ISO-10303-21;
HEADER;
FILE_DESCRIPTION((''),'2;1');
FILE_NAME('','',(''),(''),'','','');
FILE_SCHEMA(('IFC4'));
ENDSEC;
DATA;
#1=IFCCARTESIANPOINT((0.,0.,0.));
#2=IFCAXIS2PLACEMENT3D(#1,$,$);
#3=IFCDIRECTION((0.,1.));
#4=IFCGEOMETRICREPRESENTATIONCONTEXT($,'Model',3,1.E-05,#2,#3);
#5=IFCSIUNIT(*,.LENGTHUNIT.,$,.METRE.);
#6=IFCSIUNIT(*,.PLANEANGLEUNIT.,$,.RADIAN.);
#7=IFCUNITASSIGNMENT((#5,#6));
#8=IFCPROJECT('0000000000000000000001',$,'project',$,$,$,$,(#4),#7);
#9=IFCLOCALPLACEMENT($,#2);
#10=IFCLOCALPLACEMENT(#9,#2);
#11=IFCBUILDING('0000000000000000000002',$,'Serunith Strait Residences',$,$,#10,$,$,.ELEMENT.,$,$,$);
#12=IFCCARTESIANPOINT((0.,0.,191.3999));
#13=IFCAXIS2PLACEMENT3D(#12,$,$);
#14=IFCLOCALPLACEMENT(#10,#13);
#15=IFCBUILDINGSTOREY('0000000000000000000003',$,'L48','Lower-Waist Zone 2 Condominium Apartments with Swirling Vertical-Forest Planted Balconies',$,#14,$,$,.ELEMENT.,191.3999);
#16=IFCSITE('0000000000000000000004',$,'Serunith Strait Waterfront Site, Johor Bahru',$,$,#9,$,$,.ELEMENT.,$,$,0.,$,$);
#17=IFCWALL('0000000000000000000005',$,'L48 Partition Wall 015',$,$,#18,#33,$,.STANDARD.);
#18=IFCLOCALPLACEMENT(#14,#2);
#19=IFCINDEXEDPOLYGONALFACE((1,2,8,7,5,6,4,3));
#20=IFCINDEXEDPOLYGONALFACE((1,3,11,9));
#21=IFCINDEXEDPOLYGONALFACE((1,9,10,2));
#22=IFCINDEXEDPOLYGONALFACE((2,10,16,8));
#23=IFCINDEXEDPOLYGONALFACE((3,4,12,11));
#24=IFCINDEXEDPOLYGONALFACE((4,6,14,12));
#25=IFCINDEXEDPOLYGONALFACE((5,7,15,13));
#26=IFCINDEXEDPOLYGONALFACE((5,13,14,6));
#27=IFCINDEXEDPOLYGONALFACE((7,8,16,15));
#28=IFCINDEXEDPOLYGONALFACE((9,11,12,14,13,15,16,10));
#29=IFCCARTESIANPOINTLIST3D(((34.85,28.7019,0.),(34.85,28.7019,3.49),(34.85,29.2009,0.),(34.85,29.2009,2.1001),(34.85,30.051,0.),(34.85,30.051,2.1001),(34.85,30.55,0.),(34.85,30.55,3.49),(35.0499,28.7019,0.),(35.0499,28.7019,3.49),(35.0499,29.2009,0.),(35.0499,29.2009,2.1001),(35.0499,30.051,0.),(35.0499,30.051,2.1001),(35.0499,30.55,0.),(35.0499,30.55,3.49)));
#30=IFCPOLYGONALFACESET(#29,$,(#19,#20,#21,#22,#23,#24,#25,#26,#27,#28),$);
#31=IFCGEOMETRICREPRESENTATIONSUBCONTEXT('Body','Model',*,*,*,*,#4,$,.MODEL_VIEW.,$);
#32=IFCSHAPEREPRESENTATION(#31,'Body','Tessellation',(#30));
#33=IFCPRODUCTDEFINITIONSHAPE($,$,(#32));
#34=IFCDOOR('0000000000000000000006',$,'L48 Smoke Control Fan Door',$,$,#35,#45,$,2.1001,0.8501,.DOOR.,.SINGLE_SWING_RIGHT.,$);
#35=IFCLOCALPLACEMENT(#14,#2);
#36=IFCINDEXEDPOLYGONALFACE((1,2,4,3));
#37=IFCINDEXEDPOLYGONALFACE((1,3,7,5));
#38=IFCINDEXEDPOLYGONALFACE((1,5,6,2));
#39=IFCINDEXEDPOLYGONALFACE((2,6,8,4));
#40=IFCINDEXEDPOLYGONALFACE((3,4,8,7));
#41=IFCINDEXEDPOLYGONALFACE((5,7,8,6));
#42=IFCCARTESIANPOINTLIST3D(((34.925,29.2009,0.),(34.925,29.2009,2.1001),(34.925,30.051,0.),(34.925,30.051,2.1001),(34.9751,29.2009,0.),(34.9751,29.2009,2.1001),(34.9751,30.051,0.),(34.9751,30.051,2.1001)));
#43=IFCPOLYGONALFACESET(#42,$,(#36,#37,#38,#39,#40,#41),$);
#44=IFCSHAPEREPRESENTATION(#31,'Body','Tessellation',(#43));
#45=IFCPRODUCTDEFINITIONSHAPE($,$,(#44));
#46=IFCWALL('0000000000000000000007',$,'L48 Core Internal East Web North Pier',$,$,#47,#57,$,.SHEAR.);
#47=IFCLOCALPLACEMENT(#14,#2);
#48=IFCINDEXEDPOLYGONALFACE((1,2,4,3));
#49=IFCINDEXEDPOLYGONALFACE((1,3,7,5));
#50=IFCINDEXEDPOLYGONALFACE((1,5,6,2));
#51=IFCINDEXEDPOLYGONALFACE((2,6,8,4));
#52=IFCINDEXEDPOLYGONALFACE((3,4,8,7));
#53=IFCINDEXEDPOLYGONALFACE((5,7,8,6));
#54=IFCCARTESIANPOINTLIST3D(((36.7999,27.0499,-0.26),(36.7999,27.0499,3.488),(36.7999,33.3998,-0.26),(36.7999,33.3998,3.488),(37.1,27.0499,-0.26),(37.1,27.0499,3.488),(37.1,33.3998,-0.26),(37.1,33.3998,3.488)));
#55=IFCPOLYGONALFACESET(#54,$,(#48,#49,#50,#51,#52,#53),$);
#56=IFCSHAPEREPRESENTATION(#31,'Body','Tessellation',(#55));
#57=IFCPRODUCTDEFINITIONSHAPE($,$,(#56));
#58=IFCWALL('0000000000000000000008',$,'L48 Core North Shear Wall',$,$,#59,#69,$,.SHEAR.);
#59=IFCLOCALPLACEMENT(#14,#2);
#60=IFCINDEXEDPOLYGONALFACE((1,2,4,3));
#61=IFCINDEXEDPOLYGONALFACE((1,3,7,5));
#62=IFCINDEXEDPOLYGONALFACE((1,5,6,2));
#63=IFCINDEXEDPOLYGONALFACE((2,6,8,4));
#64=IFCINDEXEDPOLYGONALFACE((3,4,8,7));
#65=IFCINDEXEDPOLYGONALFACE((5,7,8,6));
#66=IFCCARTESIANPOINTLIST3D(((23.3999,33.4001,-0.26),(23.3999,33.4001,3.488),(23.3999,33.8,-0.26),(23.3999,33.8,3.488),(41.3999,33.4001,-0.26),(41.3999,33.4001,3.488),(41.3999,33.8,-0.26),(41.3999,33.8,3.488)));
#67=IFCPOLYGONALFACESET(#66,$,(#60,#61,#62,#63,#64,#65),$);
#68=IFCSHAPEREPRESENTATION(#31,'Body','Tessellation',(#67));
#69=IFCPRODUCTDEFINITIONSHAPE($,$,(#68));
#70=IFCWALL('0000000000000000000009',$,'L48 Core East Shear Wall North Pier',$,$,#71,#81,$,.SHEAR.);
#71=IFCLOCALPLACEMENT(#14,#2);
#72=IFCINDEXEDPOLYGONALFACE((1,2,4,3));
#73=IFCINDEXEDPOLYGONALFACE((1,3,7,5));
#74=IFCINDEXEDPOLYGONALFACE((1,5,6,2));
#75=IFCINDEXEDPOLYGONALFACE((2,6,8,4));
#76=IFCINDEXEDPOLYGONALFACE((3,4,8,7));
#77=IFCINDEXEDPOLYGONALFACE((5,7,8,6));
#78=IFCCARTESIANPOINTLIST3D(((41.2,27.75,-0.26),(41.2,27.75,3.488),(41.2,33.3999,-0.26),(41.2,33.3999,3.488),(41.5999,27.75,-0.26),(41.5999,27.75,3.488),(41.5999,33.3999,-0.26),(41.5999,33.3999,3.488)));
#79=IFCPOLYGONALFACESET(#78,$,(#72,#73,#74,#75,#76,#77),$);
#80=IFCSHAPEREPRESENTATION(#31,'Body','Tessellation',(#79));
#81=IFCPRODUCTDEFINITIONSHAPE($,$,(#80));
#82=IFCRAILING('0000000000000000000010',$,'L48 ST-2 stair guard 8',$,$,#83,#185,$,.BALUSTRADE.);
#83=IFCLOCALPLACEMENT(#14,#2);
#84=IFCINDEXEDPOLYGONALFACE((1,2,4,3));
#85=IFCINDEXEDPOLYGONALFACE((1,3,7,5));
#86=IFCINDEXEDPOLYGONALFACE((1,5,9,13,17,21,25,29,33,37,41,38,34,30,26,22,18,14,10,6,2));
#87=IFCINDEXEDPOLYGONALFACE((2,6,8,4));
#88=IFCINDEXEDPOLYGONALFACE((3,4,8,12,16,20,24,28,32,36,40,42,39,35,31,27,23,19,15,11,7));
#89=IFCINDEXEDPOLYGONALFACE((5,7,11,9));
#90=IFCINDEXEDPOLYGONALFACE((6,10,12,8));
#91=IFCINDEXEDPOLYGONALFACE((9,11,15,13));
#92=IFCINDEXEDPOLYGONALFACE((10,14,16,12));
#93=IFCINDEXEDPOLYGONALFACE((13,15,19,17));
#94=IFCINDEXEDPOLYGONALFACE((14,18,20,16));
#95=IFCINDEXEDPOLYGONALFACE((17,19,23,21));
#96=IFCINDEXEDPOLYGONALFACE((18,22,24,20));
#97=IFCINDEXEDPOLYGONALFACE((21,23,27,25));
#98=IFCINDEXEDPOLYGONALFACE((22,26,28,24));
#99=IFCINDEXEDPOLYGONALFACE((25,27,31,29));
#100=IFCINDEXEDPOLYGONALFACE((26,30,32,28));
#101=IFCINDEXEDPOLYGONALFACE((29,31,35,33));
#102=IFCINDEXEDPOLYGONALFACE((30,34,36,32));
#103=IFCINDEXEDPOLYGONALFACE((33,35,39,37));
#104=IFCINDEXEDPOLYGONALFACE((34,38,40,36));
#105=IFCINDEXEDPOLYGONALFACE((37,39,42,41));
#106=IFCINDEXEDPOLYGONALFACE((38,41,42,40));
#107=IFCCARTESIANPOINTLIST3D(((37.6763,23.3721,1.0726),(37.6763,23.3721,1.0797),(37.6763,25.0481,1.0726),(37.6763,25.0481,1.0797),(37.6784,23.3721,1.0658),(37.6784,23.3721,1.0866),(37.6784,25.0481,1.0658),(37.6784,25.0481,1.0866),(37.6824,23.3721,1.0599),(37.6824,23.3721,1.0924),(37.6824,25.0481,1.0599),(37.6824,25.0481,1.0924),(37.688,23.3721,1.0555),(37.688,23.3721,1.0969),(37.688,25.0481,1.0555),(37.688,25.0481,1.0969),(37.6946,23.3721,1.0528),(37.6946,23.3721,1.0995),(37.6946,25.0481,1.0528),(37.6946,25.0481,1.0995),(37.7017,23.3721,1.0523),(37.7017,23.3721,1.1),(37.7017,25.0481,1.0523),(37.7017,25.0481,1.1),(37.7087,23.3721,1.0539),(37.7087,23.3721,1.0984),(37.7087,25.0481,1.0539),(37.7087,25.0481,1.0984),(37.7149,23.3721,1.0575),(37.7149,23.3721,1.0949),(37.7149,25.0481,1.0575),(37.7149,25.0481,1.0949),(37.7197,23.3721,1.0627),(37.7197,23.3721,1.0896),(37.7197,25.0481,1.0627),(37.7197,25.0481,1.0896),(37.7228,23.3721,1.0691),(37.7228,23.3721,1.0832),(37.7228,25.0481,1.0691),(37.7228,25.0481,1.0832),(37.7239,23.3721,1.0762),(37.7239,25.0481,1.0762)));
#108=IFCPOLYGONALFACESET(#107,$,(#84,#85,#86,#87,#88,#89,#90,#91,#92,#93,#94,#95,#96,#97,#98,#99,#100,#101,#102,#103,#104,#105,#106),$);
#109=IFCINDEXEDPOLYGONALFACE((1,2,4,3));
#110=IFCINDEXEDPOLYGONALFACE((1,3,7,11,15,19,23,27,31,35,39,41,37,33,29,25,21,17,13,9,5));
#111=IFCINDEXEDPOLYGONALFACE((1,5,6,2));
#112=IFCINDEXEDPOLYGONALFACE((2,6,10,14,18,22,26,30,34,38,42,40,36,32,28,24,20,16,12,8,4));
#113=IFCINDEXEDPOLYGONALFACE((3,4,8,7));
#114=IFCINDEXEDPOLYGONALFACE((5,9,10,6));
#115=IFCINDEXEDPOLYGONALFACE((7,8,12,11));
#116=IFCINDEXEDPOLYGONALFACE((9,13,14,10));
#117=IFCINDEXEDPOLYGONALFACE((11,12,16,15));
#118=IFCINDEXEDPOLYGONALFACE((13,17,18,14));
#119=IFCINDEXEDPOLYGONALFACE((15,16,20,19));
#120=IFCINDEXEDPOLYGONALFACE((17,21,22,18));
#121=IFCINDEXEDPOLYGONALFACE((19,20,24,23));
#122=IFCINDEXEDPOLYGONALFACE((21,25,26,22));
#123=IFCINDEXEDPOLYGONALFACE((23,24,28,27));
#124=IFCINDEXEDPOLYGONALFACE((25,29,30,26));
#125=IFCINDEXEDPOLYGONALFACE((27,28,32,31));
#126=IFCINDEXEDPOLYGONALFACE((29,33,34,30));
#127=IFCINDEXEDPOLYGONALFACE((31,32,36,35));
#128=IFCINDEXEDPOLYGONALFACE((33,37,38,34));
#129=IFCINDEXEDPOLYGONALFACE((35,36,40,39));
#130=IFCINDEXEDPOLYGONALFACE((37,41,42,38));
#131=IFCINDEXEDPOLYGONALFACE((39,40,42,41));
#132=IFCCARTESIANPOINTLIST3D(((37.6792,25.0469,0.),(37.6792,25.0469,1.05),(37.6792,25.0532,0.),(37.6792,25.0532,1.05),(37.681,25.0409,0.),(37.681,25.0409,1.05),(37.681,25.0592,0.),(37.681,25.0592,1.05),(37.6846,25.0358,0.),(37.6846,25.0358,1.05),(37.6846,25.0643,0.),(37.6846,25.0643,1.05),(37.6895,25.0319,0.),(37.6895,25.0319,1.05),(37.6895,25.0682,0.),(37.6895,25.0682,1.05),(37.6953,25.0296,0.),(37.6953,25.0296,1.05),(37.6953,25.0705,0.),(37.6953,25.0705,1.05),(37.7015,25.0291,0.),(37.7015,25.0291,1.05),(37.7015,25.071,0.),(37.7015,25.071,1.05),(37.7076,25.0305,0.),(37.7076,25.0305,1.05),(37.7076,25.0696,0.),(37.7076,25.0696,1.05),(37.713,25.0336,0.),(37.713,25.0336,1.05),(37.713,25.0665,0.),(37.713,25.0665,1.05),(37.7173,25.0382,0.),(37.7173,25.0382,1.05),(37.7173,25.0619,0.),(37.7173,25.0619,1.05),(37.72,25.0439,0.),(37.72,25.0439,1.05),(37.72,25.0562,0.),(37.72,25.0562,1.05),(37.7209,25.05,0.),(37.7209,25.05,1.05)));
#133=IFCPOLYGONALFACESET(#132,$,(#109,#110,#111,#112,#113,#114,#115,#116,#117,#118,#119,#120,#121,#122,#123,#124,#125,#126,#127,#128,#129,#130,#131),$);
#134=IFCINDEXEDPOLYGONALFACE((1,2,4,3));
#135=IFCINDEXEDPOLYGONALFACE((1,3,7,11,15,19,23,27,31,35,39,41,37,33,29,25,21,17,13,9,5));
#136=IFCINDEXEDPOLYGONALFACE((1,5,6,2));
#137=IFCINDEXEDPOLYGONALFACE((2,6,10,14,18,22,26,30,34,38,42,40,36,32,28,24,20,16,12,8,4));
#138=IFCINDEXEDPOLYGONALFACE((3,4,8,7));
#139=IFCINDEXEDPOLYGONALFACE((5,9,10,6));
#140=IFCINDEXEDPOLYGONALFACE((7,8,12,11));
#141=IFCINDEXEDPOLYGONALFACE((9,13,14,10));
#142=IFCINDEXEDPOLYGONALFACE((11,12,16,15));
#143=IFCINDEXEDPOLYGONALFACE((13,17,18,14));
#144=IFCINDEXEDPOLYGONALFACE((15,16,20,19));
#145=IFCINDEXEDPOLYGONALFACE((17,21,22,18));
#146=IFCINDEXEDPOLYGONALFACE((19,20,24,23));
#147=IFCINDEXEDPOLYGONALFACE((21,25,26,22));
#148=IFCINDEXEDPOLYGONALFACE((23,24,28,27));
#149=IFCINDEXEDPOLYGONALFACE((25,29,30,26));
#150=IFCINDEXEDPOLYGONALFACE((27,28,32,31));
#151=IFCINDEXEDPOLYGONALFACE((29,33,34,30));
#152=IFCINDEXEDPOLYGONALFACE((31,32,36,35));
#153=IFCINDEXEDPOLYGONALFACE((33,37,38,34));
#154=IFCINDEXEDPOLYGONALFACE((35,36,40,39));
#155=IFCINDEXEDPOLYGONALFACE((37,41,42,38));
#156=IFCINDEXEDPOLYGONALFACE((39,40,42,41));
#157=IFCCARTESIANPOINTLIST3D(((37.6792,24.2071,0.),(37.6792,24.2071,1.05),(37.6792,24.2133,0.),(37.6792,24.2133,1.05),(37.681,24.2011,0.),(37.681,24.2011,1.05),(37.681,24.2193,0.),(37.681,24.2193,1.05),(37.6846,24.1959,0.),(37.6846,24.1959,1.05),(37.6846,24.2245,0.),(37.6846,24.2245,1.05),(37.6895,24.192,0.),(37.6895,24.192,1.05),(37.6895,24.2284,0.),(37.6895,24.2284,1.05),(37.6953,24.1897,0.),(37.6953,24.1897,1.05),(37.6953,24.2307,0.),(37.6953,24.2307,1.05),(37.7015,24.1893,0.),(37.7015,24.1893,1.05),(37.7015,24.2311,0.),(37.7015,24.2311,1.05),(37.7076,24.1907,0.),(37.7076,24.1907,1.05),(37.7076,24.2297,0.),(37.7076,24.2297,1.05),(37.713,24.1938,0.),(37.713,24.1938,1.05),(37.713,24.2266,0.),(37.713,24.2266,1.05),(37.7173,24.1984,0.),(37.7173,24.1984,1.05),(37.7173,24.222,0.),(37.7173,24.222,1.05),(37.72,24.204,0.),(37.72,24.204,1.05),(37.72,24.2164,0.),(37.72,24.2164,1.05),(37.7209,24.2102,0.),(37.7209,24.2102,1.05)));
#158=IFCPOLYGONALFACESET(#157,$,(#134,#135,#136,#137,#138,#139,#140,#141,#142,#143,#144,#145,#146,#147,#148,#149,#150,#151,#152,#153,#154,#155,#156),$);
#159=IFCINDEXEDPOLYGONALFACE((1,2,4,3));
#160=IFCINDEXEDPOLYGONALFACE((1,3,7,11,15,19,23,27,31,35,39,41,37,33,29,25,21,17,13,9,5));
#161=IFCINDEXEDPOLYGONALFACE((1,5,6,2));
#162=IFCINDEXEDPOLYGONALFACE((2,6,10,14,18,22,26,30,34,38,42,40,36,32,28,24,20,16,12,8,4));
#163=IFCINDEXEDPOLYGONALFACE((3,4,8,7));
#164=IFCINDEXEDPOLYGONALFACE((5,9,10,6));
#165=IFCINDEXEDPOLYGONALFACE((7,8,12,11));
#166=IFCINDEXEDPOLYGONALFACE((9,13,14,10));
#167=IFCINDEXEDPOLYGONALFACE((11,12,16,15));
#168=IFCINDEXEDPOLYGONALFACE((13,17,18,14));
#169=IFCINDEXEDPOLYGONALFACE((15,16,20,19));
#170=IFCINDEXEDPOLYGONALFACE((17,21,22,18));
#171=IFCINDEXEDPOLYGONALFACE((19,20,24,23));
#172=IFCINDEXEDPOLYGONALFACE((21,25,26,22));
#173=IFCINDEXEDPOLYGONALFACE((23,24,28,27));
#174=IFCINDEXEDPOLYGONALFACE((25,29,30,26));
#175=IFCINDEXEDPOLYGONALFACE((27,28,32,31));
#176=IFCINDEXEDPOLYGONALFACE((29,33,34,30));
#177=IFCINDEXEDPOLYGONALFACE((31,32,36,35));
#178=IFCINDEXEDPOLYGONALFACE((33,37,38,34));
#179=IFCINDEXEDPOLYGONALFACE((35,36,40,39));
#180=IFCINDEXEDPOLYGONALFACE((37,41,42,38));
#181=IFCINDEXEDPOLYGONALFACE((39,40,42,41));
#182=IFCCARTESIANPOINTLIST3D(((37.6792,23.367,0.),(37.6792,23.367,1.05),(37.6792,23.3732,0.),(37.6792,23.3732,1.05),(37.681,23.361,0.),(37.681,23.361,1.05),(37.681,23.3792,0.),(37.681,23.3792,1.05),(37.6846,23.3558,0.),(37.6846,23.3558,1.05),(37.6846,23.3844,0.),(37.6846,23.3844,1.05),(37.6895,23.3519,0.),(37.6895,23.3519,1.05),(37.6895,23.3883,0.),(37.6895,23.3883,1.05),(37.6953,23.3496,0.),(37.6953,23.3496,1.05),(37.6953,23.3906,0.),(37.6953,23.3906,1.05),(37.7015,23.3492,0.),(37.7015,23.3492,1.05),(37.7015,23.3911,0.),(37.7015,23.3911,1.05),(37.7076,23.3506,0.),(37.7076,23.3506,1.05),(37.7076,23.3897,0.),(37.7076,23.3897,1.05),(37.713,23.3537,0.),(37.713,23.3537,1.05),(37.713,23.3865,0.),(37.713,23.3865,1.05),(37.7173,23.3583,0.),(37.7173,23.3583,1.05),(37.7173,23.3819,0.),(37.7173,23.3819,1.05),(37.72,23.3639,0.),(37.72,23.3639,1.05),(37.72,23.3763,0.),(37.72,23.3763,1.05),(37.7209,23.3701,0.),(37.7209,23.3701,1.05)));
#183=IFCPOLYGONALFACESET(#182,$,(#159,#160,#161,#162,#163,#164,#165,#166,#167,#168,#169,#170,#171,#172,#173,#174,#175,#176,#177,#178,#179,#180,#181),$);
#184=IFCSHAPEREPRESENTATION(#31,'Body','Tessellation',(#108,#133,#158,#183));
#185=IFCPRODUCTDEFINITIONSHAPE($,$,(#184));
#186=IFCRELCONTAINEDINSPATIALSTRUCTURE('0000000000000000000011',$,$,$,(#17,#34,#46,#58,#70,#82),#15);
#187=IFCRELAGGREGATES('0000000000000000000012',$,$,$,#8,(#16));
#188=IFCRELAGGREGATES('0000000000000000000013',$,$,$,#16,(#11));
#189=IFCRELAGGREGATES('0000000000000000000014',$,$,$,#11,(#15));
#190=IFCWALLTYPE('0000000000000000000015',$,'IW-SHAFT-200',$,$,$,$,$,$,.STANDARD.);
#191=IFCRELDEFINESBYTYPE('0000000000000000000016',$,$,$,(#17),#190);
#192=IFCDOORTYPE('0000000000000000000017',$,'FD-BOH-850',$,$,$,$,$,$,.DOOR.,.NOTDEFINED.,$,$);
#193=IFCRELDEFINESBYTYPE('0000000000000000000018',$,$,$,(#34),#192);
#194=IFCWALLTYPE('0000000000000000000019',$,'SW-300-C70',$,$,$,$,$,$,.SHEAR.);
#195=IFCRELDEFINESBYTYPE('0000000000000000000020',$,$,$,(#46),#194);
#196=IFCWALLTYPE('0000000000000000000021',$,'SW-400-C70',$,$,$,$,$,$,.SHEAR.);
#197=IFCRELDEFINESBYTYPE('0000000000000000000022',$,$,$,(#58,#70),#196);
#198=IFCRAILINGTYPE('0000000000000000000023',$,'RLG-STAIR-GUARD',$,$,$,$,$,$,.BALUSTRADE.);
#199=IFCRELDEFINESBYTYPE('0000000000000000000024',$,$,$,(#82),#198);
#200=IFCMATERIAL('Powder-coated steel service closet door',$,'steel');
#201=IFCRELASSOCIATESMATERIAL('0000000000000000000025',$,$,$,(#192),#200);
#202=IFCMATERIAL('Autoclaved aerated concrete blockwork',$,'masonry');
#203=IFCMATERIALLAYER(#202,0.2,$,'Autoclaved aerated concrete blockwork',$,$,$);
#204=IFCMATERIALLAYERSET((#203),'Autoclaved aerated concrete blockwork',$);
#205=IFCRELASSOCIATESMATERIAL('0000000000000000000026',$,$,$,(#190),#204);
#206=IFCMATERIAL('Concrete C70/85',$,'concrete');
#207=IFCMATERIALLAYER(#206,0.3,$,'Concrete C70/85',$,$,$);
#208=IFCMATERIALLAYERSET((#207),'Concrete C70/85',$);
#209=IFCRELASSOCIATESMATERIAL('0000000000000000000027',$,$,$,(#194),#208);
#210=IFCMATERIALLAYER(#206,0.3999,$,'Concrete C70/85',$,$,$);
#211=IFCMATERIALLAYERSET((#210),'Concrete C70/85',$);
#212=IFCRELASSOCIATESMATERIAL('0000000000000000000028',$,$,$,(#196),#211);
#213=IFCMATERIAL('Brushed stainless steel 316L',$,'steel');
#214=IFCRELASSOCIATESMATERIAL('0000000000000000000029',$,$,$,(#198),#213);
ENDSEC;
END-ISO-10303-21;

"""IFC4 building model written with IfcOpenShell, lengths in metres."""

from ifc_helpers import new_model, si_unit, direction, frame, frame_2d, origin, origin_2d, place, context, subcontext, project, spatial, rectangle, circle, extrude, source, transform, mapped, material, layer, layer_set, type_object, element, fill, save


model = new_model("IFC4")

# Units and contexts
model_context = context("Model", 3, precision=1e-05, world=origin(), true_north=direction((0.0, 1.0)))
body_context = subcontext(model_context, "Body", "Model", "MODEL_VIEW")
ifc_project = project(units=[si_unit("LENGTHUNIT", "METRE"), si_unit("PLANEANGLEUNIT", "RADIAN")], contexts=[model_context])

# Site, building, storey
site_placement = place(None, origin())
site = spatial("IfcSite", under=ifc_project, at=site_placement, Name="Serunith Strait Waterfront Site, Johor Bahru", CompositionType="ELEMENT", RefElevation=0.0)
building_placement = place(site_placement, origin())
building = spatial("IfcBuilding", under=site, at=building_placement, Name="Serunith Strait Residences", CompositionType="ELEMENT")
storey_placement = place(building_placement, frame((0.0, 0.0, 191.3999)))
storey = spatial("IfcBuildingStorey", under=building, at=storey_placement, Name="L48", Description="Lower-Waist Zone 2 Condominium Apartments with Swirling Vertical-Forest Planted Balconies", CompositionType="ELEMENT", Elevation=191.3999)

# Shared definitions
ifc_material_1 = material(Name="Powder-coated steel service closet door", Category="steel")
door_type_1 = type_object("IfcDoorType", Name="FD-BOH-850", OperationType="NOTDEFINED", PredefinedType="DOOR", material=ifc_material_1)
shared_shape_1 = source(origin(), body_context, "Body", "SweptSolid", [
    extrude(rectangle(XDim=0.8501, YDim=2.1001, at=frame_2d((0.425, 1.05))), frame((0.0, 0.0249, 0.0), z_axis=(0.0, -1.0, 0.0), x_axis=(1.0, 0.0, 0.0)), (0.0, 0.0, 1.0), 0.05),
])
ifc_material_2 = material(Name="Autoclaved aerated concrete blockwork", Category="masonry")
ifc_layer_1 = layer(ifc_material_2, 0.2, Name="Autoclaved aerated concrete blockwork")
ifc_layer_set_1 = layer_set([ifc_layer_1], Name="Autoclaved aerated concrete blockwork")
wall_type_1 = type_object("IfcWallType", Name="IW-SHAFT-200", PredefinedType="STANDARD", material=ifc_layer_set_1)

# Wall, opening, door
wall_1_placement = place(storey_placement, frame((34.95, 28.7019, 0.0), z_axis=(0.0, 0.0, 1.0), x_axis=(0.0, 1.0, 0.0)))
wall_1 = element("IfcWall", 1, at=wall_1_placement, inside=storey, type_object=wall_type_1, Name="L48 Partition Wall 015", PredefinedType="STANDARD", context=body_context, shape_type="SweptSolid", body=[
    extrude(rectangle(XDim=1.8481, YDim=0.2, at=frame_2d((0.9241, 0.0))), origin(), (0.0, 0.0, 1.0), 3.49),
])
opening_1_placement = place(wall_1_placement, frame((0.499, 0.0, 0.0)))
opening_1 = element("IfcOpeningElement", 2, at=opening_1_placement, cuts=wall_1, PredefinedType="OPENING", context=body_context, shape_type="SweptSolid", body=[
    extrude(rectangle(XDim=0.8501, YDim=2.1001, at=frame_2d((0.425, 1.05))), frame((0.0, 0.1099, 0.0), z_axis=(0.0, -1.0, 0.0), x_axis=(1.0, 0.0, 0.0)), (0.0, 0.0, 1.0), 0.22),
])
door_1_placement = place(opening_1_placement, origin())
door_1 = element("IfcDoor", 3, at=door_1_placement, inside=storey, type_object=door_type_1, Name="L48 Smoke Control Fan Door", OperationType="SINGLE_SWING_RIGHT", OverallHeight=2.1001, OverallWidth=0.8501, PredefinedType="DOOR", context=body_context, shape_type="MappedRepresentation", body=[
    mapped(shared_shape_1, transform((0.0, 0.0, 0.0), scale=1.0)),
])
fill(opening_1, door_1)

# Walls
ifc_material_3 = material(Name="Concrete C70/85", Category="concrete")
ifc_layer_2 = layer(ifc_material_3, 0.3, Name="Concrete C70/85")
ifc_layer_set_2 = layer_set([ifc_layer_2], Name="Concrete C70/85")
wall_type_2 = type_object("IfcWallType", Name="SW-300-C70", PredefinedType="SHEAR", material=ifc_layer_set_2)
wall_2_placement = place(storey_placement, frame((36.95, 27.05, -0.26), z_axis=(0.0, 0.0, 1.0), x_axis=(0.0, 1.0, 0.0)))
element("IfcWall", 4, at=wall_2_placement, inside=storey, type_object=wall_type_2, Name="L48 Core Internal East Web North Pier", PredefinedType="SHEAR", context=body_context, shape_type="SweptSolid", body=[
    extrude(rectangle(XDim=6.3499, YDim=0.3, at=frame_2d((3.1748, 0.0))), origin(), (0.0, 0.0, 1.0), 3.748),
])
ifc_layer_3 = layer(ifc_material_3, 0.3999, Name="Concrete C70/85")
ifc_layer_set_3 = layer_set([ifc_layer_3], Name="Concrete C70/85")
wall_type_3 = type_object("IfcWallType", Name="SW-400-C70", PredefinedType="SHEAR", material=ifc_layer_set_3)
wall_3_placement = place(storey_placement, frame((41.3999, 33.6001, -0.26), z_axis=(0.0, 0.0, 1.0), x_axis=(-1.0, 0.0, 0.0)))
element("IfcWall", 5, at=wall_3_placement, inside=storey, type_object=wall_type_3, Name="L48 Core North Shear Wall", PredefinedType="SHEAR", context=body_context, shape_type="SweptSolid", body=[
    extrude(rectangle(XDim=18.0, YDim=0.3999, at=frame_2d((9.0, 0.0))), origin(), (0.0, 0.0, 1.0), 3.748),
])
wall_4_placement = place(storey_placement, frame((41.3999, 27.75, -0.26), z_axis=(0.0, 0.0, 1.0), x_axis=(0.0, 1.0, 0.0)))
element("IfcWall", 6, at=wall_4_placement, inside=storey, type_object=wall_type_3, Name="L48 Core East Shear Wall North Pier", PredefinedType="SHEAR", context=body_context, shape_type="SweptSolid", body=[
    extrude(rectangle(XDim=5.6499, YDim=0.3999, at=frame_2d((2.825, 0.0))), origin(), (0.0, 0.0, 1.0), 3.748),
])

# Railing
ifc_material_4 = material(Name="Brushed stainless steel 316L", Category="steel")
railing_type = type_object("IfcRailingType", Name="RLG-STAIR-GUARD", PredefinedType="BALUSTRADE", material=ifc_material_4)
for number, where, name in (
    (7, (37.7, 25.05, 0.0), "L48 ST-2 stair guard 8"),
):
    element("IfcRailing", number, at=place(storey_placement, frame(where)), inside=storey, type_object=railing_type, Name=name, PredefinedType="BALUSTRADE", context=body_context, shape_type="SweptSolid", body=[
        extrude(circle(Radius=0.0239, at=origin_2d()), frame((0.0, -0.002, 1.0762), z_axis=(0.0, -1.0, 0.0), x_axis=(1.0, 0.0, 0.0)), (0.0, 0.0, 1.0), 1.676),
        extrude(circle(Radius=0.021, at=origin_2d()), origin(), (0.0, 0.0, 1.0), 1.05),
        extrude(circle(Radius=0.021, at=origin_2d()), frame((0.0, -0.8398, 0.0)), (0.0, 0.0, 1.0), 1.05),
        extrude(circle(Radius=0.021, at=origin_2d()), frame((0.0, -1.6799, 0.0)), (0.0, 0.0, 1.0), 1.05),
    ])

save(model, "model.ifc")
